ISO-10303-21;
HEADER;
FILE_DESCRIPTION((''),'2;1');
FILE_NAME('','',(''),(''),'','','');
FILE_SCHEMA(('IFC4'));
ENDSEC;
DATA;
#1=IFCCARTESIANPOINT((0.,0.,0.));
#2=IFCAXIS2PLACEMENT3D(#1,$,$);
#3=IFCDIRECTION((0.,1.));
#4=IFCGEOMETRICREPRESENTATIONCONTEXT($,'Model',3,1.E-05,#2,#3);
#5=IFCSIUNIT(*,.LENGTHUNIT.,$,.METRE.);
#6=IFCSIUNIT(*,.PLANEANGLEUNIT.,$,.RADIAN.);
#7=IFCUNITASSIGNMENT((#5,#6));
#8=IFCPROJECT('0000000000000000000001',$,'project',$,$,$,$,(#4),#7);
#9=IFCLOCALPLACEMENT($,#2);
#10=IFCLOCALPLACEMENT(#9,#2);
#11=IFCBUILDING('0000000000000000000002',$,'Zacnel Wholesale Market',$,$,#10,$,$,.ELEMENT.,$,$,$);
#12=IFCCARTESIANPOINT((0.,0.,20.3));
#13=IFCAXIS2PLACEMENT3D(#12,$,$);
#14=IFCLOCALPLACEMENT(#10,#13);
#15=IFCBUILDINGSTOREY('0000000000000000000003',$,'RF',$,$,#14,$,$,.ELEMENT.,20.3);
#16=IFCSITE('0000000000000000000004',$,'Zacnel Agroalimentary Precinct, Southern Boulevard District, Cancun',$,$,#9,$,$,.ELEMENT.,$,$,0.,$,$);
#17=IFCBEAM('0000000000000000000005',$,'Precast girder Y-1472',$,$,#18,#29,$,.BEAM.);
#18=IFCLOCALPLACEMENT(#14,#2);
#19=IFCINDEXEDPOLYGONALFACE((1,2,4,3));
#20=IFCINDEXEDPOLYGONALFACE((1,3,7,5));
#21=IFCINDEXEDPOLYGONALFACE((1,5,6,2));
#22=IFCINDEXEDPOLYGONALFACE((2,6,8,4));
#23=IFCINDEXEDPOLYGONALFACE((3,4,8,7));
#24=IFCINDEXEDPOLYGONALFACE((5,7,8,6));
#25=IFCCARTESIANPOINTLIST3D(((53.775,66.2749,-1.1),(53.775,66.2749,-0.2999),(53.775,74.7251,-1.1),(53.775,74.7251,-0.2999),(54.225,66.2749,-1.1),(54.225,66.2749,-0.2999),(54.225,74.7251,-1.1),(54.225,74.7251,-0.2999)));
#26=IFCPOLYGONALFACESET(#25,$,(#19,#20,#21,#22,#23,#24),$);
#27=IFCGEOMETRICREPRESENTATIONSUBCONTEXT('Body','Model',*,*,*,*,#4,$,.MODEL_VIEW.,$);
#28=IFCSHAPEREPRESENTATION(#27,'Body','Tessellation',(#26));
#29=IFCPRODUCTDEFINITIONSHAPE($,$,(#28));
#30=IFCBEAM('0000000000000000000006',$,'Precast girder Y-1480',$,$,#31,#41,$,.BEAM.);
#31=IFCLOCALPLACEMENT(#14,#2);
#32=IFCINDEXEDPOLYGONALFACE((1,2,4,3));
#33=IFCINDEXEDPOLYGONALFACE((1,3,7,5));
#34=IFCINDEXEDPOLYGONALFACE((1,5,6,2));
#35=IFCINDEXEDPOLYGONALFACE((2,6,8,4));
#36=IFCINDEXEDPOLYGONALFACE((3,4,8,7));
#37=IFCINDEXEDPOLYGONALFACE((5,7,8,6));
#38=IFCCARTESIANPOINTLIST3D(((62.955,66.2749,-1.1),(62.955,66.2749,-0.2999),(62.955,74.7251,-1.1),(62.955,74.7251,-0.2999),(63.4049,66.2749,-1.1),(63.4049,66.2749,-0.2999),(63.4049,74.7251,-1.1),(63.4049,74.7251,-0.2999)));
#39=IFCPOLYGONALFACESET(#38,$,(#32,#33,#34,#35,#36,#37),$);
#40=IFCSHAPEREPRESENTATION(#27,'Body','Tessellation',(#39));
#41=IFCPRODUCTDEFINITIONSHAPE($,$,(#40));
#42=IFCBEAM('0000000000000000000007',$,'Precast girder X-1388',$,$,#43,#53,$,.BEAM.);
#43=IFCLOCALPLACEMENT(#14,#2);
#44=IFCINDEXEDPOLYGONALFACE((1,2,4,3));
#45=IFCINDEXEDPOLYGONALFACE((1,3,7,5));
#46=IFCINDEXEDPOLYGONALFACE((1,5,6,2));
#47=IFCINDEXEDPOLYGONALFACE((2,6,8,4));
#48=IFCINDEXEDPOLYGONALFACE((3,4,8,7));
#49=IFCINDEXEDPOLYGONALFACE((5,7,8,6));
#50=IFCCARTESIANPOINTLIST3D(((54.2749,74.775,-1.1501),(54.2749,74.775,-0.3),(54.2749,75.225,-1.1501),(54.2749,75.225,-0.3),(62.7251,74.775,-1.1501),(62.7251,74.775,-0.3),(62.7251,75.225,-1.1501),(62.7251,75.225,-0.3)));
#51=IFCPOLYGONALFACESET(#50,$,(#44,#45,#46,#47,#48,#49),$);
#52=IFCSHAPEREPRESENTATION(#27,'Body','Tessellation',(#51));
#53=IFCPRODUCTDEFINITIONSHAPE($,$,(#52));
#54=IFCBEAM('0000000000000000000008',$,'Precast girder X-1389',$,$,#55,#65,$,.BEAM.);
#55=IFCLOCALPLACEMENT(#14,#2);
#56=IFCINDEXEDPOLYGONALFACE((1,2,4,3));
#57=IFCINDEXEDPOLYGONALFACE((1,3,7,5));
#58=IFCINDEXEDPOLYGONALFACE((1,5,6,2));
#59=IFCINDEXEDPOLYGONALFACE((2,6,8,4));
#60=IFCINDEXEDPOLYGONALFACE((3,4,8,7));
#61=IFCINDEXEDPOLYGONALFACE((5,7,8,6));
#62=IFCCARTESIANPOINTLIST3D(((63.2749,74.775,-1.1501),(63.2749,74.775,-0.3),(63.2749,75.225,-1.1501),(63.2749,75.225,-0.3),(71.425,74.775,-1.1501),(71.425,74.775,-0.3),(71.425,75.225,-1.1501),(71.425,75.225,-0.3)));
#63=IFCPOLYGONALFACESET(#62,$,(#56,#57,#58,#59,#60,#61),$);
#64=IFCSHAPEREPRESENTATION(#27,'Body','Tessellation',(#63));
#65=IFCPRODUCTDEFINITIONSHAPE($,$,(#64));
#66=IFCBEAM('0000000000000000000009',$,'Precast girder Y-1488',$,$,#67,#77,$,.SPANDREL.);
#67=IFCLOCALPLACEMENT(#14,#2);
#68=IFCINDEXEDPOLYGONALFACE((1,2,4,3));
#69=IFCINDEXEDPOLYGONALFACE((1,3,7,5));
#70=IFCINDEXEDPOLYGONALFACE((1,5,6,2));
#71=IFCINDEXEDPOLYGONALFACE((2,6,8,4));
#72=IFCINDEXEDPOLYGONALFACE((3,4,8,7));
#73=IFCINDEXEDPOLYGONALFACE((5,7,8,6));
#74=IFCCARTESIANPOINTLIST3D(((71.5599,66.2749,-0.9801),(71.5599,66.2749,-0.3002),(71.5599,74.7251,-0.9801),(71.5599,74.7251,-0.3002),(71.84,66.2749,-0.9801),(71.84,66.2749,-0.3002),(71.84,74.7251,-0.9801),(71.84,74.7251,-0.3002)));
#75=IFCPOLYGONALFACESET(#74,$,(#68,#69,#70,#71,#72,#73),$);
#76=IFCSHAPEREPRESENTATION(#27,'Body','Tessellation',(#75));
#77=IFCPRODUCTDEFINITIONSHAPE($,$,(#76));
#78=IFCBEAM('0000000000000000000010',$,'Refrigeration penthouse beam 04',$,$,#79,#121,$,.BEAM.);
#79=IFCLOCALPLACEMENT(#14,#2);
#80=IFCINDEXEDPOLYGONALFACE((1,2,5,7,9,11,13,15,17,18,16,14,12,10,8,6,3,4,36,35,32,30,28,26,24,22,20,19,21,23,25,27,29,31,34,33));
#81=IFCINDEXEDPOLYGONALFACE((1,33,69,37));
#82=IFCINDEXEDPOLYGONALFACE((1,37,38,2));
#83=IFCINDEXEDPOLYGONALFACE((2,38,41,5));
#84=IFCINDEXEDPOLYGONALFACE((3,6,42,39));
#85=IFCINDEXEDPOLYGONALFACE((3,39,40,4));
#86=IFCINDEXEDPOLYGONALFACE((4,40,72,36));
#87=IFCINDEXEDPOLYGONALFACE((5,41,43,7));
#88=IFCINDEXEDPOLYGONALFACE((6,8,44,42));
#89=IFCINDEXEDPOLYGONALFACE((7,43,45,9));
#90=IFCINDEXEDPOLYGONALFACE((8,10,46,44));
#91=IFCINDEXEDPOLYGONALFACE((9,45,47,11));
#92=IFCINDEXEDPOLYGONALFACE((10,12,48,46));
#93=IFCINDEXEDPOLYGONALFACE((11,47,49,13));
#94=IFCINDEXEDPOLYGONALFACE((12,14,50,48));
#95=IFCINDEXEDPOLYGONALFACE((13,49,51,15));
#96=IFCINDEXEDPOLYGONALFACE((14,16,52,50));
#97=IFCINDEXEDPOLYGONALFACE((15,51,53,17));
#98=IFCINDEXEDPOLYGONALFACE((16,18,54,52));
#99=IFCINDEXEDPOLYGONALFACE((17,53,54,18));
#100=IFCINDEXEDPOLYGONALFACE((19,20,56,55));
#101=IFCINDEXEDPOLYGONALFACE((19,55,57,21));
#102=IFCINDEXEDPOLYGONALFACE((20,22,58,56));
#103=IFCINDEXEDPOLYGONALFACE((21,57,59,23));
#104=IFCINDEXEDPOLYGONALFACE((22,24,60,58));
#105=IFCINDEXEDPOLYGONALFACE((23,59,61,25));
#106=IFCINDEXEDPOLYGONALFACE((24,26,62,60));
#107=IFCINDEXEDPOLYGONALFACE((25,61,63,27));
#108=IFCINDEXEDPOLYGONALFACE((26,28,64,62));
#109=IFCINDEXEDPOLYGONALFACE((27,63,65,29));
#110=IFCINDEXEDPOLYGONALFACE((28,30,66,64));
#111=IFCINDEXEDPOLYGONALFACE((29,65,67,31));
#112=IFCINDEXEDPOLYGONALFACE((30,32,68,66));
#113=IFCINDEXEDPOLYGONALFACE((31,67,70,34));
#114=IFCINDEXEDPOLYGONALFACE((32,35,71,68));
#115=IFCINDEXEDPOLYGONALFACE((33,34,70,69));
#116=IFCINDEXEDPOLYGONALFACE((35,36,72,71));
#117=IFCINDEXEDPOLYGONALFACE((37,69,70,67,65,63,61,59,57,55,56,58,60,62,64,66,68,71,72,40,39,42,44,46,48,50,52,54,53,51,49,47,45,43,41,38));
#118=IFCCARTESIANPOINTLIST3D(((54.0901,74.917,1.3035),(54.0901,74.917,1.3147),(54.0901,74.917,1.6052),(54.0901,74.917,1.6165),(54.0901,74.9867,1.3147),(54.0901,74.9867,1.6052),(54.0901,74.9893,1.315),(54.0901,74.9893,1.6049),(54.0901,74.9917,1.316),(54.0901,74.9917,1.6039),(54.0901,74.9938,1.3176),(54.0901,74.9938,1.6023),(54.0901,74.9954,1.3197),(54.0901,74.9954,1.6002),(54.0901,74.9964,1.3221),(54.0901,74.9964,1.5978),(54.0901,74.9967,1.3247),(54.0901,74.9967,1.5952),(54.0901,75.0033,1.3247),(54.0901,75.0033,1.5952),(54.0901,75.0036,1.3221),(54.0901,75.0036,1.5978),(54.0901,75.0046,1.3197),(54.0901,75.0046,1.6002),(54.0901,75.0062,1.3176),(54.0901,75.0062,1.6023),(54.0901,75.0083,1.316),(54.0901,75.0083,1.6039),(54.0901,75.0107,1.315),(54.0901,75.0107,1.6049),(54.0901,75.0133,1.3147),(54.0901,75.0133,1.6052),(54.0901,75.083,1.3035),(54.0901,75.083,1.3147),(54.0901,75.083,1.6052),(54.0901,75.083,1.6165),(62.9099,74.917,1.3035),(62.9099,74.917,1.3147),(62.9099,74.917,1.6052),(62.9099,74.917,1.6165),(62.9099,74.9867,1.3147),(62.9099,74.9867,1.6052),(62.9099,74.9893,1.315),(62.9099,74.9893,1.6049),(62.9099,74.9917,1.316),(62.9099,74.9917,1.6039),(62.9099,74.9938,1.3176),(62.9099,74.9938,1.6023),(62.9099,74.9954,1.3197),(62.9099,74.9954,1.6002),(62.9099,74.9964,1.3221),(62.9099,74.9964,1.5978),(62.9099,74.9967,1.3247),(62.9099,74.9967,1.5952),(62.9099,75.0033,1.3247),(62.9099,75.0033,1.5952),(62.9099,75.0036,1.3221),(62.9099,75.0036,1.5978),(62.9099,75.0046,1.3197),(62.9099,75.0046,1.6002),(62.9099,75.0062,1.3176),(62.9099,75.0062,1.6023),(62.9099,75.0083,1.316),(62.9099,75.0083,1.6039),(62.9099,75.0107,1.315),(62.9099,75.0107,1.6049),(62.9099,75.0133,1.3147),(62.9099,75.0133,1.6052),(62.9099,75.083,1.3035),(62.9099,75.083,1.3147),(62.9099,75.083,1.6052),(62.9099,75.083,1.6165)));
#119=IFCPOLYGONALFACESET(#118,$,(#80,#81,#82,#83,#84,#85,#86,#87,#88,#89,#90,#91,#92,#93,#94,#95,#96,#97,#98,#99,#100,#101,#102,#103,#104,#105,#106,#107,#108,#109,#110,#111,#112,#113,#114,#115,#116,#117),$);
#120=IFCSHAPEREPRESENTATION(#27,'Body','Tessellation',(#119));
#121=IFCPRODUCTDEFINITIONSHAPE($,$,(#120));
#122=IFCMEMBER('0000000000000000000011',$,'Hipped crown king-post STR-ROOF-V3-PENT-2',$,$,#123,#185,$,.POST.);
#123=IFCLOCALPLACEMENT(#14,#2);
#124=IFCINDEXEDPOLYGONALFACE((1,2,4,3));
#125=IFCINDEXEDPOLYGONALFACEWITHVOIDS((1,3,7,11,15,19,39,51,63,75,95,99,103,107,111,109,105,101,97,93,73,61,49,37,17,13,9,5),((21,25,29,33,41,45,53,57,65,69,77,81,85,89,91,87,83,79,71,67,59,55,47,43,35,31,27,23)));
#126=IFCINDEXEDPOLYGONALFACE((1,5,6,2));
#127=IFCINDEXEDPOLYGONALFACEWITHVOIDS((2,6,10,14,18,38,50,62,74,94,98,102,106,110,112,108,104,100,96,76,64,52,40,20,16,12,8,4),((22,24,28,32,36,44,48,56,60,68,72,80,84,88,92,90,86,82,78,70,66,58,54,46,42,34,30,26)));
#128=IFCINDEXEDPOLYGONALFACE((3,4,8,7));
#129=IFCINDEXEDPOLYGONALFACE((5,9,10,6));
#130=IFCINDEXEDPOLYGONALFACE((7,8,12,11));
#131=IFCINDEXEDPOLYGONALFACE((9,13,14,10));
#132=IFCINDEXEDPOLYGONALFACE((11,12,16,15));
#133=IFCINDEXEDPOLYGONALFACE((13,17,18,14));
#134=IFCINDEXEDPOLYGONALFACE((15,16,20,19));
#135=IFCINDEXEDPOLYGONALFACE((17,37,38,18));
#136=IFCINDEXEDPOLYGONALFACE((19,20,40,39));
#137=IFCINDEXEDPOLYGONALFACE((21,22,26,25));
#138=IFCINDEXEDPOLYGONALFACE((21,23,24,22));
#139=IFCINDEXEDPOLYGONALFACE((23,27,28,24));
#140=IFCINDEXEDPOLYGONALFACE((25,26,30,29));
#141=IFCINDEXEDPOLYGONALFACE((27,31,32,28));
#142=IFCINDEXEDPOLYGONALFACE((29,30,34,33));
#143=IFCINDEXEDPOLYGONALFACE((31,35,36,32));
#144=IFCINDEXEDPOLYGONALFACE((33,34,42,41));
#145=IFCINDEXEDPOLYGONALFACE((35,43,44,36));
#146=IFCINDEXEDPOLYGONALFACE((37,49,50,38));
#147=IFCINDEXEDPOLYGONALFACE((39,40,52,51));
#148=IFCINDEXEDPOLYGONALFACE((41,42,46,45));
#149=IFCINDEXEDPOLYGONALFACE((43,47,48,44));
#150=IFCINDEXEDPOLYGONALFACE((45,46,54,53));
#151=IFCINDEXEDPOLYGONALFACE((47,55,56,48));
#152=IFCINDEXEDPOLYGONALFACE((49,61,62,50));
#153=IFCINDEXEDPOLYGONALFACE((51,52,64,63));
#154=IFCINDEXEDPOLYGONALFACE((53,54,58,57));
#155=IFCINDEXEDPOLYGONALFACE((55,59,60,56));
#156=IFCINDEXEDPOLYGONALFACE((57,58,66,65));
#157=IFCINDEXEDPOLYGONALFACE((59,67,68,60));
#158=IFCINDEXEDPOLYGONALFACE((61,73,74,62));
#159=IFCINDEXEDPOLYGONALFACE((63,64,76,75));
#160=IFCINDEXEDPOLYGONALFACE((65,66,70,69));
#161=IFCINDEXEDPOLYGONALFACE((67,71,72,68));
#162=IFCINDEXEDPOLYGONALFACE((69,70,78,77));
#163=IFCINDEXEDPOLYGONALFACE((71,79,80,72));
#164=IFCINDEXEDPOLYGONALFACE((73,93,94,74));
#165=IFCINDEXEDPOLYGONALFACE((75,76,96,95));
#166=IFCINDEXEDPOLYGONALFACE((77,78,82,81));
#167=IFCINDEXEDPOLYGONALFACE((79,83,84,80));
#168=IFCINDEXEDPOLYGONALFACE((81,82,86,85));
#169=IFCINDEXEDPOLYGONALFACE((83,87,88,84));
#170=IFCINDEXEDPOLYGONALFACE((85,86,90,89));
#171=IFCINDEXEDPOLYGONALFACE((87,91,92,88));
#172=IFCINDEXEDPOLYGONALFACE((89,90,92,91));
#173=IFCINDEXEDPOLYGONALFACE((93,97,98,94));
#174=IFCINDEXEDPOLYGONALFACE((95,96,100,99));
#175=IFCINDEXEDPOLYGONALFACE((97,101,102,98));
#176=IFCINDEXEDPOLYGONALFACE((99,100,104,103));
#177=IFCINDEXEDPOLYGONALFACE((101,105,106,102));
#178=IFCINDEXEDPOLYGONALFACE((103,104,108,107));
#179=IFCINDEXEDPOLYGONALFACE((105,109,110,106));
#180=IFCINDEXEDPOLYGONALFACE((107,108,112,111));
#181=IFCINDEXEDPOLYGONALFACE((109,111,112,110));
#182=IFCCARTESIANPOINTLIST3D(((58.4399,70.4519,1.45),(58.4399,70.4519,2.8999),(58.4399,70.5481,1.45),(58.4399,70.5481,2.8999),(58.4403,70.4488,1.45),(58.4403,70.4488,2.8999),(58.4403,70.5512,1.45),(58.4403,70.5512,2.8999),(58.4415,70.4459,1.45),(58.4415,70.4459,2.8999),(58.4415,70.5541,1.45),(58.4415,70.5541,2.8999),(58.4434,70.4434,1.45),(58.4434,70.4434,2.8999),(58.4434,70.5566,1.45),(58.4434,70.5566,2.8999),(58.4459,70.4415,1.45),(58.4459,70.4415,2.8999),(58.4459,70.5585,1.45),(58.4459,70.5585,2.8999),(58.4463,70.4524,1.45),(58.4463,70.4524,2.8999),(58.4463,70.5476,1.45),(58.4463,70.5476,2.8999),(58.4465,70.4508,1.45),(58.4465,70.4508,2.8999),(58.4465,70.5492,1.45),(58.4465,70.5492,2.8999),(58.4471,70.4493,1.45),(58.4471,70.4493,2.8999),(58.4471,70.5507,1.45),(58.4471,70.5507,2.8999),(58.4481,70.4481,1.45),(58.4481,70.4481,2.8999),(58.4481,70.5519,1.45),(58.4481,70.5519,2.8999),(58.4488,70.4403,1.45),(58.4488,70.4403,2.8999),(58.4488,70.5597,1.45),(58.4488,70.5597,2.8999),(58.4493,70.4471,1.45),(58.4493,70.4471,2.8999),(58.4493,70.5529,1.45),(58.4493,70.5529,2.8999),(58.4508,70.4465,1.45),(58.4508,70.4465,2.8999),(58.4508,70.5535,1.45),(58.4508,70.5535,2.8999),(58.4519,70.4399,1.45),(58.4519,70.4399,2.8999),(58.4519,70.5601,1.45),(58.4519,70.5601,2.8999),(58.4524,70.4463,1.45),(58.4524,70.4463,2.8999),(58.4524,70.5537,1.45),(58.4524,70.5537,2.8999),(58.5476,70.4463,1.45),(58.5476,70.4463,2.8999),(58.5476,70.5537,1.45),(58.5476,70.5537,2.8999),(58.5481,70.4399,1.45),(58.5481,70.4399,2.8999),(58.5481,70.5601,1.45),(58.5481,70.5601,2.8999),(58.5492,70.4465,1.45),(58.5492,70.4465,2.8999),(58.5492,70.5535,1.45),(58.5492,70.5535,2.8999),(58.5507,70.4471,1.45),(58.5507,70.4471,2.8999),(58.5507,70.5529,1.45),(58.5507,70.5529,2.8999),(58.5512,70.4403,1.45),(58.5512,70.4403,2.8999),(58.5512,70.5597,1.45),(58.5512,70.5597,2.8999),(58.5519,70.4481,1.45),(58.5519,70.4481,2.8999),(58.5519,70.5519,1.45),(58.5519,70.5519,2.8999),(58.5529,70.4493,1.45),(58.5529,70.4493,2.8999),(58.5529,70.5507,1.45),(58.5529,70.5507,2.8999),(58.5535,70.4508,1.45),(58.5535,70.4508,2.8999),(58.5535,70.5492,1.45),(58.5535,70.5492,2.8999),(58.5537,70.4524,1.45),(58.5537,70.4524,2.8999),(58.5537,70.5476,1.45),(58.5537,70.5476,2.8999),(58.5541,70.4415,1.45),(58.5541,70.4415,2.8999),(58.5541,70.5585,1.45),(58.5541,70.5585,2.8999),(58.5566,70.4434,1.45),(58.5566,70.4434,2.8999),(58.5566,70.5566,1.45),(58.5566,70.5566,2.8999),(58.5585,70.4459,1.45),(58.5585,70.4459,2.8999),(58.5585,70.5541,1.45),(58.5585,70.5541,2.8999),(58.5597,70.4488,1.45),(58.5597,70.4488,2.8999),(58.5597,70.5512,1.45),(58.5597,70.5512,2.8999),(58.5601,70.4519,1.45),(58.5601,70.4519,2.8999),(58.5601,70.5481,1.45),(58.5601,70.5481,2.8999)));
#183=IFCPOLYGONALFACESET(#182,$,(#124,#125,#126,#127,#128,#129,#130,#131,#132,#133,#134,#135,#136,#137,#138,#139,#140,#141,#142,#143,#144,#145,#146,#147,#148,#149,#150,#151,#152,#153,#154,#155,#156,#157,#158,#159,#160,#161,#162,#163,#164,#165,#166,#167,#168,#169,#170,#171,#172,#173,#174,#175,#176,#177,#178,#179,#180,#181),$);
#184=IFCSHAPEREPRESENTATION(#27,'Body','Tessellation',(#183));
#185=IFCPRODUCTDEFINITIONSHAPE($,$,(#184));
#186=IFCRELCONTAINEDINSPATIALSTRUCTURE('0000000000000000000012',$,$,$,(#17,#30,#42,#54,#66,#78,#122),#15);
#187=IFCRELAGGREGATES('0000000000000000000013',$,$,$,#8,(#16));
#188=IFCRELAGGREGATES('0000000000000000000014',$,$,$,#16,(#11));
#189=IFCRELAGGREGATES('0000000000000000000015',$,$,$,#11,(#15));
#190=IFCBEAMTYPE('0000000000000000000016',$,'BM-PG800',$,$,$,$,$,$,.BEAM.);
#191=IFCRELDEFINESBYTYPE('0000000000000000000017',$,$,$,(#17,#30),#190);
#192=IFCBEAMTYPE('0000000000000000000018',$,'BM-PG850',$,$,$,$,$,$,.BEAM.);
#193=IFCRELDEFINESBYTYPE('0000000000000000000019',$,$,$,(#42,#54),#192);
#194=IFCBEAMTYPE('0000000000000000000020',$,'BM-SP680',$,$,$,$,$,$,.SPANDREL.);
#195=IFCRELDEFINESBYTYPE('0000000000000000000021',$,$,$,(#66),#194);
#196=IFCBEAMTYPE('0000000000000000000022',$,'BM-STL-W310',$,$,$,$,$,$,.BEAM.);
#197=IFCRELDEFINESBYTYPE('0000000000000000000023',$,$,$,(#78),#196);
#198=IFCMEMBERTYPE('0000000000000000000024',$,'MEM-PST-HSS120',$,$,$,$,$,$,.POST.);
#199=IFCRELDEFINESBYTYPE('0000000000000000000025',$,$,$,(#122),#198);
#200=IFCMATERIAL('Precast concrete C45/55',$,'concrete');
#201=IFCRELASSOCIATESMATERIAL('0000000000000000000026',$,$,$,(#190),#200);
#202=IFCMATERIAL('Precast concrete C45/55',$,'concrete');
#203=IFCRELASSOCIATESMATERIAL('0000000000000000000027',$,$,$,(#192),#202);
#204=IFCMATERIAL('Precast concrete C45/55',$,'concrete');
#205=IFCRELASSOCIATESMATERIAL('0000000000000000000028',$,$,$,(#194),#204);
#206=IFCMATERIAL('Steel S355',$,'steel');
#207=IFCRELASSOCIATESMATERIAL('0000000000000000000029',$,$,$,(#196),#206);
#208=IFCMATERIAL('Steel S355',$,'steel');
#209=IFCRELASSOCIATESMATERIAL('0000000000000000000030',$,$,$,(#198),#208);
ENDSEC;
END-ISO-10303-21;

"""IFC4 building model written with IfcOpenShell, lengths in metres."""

from ifc_helpers import new_model, si_unit, direction, frame, origin, origin_2d, place, context, subcontext, project, spatial, rectangle, hollow_rectangle, i_section, extrude, material, material_profile, profile_set, type_object, element, save


model = new_model("IFC4")

# Units and contexts
model_context = context("Model", 3, precision=1e-05, world=origin(), true_north=direction((0.0, 1.0)))
body_context = subcontext(model_context, "Body", "Model", "MODEL_VIEW")
ifc_project = project(units=[si_unit("LENGTHUNIT", "METRE"), si_unit("PLANEANGLEUNIT", "RADIAN")], contexts=[model_context])

# Site, building, storey
site_placement = place(None, origin())
site = spatial("IfcSite", under=ifc_project, at=site_placement, Name="Zacnel Agroalimentary Precinct, Southern Boulevard District, Cancun", CompositionType="ELEMENT", RefElevation=0.0)
building_placement = place(site_placement, origin())
building = spatial("IfcBuilding", under=site, at=building_placement, Name="Zacnel Wholesale Market", CompositionType="ELEMENT")
storey_placement = place(building_placement, frame((0.0, 0.0, 20.3)))
storey = spatial("IfcBuildingStorey", under=building, at=storey_placement, Name="RF", CompositionType="ELEMENT", Elevation=20.3)

# Beams
ifc_material_1 = material(Name="Precast concrete C45/55", Category="concrete")
ifc_material_profile_1 = material_profile(ifc_material_1, rectangle(XDim=0.45, YDim=0.8, at=origin_2d()), Name="PG 450x800")
ifc_profile_set_1 = profile_set([ifc_material_profile_1], Name="Precast concrete C45/55")
beam_type_1 = type_object("IfcBeamType", Name="BM-PG800", PredefinedType="BEAM", material=ifc_profile_set_1)
for number, where, z_axis, x_axis, name in (
    (1, (54.0, 66.2749, -0.7), (0.0, 1.0, 0.0), (-1.0, 0.0, 0.0), "Precast girder Y-1472"),
    (2, (63.1799, 66.2749, -0.7), (0.0, 1.0, 0.0), (-1.0, 0.0, 0.0), "Precast girder Y-1480"),
):
    element("IfcBeam", number, at=place(storey_placement, frame(where, z_axis=z_axis, x_axis=x_axis)), inside=storey, type_object=beam_type_1, Name=name, PredefinedType="BEAM", context=body_context, shape_type="SweptSolid", body=[
        extrude(rectangle(XDim=0.45, YDim=0.8, at=origin_2d()), origin(), (0.0, 0.0, 1.0), 8.4502),
    ])
ifc_material_2 = material(Name="Precast concrete C45/55", Category="concrete")
ifc_material_profile_2 = material_profile(ifc_material_2, rectangle(XDim=0.45, YDim=0.8501, at=origin_2d()), Name="PG 450x850")
ifc_profile_set_2 = profile_set([ifc_material_profile_2], Name="Precast concrete C45/55")
beam_type_2 = type_object("IfcBeamType", Name="BM-PG850", PredefinedType="BEAM", material=ifc_profile_set_2)
beam_1_placement = place(storey_placement, frame((54.2749, 75.0, -0.7251), z_axis=(1.0, 0.0, 0.0), x_axis=(0.0, 1.0, 0.0)))
element("IfcBeam", 3, at=beam_1_placement, inside=storey, type_object=beam_type_2, Name="Precast girder X-1388", PredefinedType="BEAM", context=body_context, shape_type="SweptSolid", body=[
    extrude(rectangle(XDim=0.45, YDim=0.8501, at=origin_2d()), origin(), (0.0, 0.0, 1.0), 8.4502),
])
beam_2_placement = place(storey_placement, frame((63.2749, 75.0, -0.7251), z_axis=(1.0, 0.0, 0.0), x_axis=(0.0, 1.0, 0.0)))
element("IfcBeam", 4, at=beam_2_placement, inside=storey, type_object=beam_type_2, Name="Precast girder X-1389", PredefinedType="BEAM", context=body_context, shape_type="SweptSolid", body=[
    extrude(rectangle(XDim=0.45, YDim=0.8501, at=origin_2d()), origin(), (0.0, 0.0, 1.0), 8.1501),
])
ifc_material_3 = material(Name="Precast concrete C45/55", Category="concrete")
ifc_material_profile_3 = material_profile(ifc_material_3, rectangle(XDim=0.28, YDim=0.6799, at=origin_2d()), Name="SP 280x680")
ifc_profile_set_3 = profile_set([ifc_material_profile_3], Name="Precast concrete C45/55")
beam_type_3 = type_object("IfcBeamType", Name="BM-SP680", PredefinedType="SPANDREL", material=ifc_profile_set_3)
beam_3_placement = place(storey_placement, frame((71.7, 66.2749, -0.6401), z_axis=(0.0, 1.0, 0.0), x_axis=(-1.0, 0.0, 0.0)))
element("IfcBeam", 5, at=beam_3_placement, inside=storey, type_object=beam_type_3, Name="Precast girder Y-1488", PredefinedType="SPANDREL", context=body_context, shape_type="SweptSolid", body=[
    extrude(rectangle(XDim=0.28, YDim=0.6799, at=origin_2d()), origin(), (0.0, 0.0, 1.0), 8.4502),
])
ifc_material_4 = material(Name="Steel S355", Category="steel")
ifc_material_profile_4 = material_profile(ifc_material_4, i_section(OverallWidth=0.166, OverallDepth=0.313, WebThickness=0.0066, FlangeThickness=0.0112, FilletRadius=0.01, at=origin_2d()), Name="W310X44.5")
ifc_profile_set_4 = profile_set([ifc_material_profile_4], Name="Steel S355")
beam_type_4 = type_object("IfcBeamType", Name="BM-STL-W310", PredefinedType="BEAM", material=ifc_profile_set_4)
beam_4_placement = place(storey_placement, frame((54.0901, 75.0, 1.46), z_axis=(1.0, 0.0, 0.0), x_axis=(0.0, 1.0, 0.0)))
element("IfcBeam", 6, at=beam_4_placement, inside=storey, type_object=beam_type_4, Name="Refrigeration penthouse beam 04", PredefinedType="BEAM", context=body_context, shape_type="SweptSolid", body=[
    extrude(i_section(OverallWidth=0.166, OverallDepth=0.313, WebThickness=0.0066, FlangeThickness=0.0112, FilletRadius=0.01, at=origin_2d()), origin(), (0.0, 0.0, 1.0), 8.8198),
])

# Member
ifc_material_5 = material(Name="Steel S355", Category="steel")
ifc_material_profile_5 = material_profile(ifc_material_5, hollow_rectangle(XDim=0.1201, YDim=0.1201, WallThickness=0.0063, InnerFilletRadius=0.0061, OuterFilletRadius=0.012, at=origin_2d()), Name="HSS 120x120x6.3")
ifc_profile_set_5 = profile_set([ifc_material_profile_5], Name="Steel S355")
member_type_1 = type_object("IfcMemberType", Name="MEM-PST-HSS120", PredefinedType="POST", material=ifc_profile_set_5)
member_1_placement = place(storey_placement, frame((58.5, 70.5, 1.45), z_axis=(0.0, 0.0, 1.0), x_axis=(1.0, 0.0, 0.0)))
element("IfcMember", 7, at=member_1_placement, inside=storey, type_object=member_type_1, Name="Hipped crown king-post STR-ROOF-V3-PENT-2", PredefinedType="POST", context=body_context, shape_type="SweptSolid", body=[
    extrude(hollow_rectangle(XDim=0.1201, YDim=0.1201, WallThickness=0.0063, InnerFilletRadius=0.0061, OuterFilletRadius=0.012, at=origin_2d()), origin(), (0.0, 0.0, 1.0), 1.45),
])

save(model, "model.ifc")
